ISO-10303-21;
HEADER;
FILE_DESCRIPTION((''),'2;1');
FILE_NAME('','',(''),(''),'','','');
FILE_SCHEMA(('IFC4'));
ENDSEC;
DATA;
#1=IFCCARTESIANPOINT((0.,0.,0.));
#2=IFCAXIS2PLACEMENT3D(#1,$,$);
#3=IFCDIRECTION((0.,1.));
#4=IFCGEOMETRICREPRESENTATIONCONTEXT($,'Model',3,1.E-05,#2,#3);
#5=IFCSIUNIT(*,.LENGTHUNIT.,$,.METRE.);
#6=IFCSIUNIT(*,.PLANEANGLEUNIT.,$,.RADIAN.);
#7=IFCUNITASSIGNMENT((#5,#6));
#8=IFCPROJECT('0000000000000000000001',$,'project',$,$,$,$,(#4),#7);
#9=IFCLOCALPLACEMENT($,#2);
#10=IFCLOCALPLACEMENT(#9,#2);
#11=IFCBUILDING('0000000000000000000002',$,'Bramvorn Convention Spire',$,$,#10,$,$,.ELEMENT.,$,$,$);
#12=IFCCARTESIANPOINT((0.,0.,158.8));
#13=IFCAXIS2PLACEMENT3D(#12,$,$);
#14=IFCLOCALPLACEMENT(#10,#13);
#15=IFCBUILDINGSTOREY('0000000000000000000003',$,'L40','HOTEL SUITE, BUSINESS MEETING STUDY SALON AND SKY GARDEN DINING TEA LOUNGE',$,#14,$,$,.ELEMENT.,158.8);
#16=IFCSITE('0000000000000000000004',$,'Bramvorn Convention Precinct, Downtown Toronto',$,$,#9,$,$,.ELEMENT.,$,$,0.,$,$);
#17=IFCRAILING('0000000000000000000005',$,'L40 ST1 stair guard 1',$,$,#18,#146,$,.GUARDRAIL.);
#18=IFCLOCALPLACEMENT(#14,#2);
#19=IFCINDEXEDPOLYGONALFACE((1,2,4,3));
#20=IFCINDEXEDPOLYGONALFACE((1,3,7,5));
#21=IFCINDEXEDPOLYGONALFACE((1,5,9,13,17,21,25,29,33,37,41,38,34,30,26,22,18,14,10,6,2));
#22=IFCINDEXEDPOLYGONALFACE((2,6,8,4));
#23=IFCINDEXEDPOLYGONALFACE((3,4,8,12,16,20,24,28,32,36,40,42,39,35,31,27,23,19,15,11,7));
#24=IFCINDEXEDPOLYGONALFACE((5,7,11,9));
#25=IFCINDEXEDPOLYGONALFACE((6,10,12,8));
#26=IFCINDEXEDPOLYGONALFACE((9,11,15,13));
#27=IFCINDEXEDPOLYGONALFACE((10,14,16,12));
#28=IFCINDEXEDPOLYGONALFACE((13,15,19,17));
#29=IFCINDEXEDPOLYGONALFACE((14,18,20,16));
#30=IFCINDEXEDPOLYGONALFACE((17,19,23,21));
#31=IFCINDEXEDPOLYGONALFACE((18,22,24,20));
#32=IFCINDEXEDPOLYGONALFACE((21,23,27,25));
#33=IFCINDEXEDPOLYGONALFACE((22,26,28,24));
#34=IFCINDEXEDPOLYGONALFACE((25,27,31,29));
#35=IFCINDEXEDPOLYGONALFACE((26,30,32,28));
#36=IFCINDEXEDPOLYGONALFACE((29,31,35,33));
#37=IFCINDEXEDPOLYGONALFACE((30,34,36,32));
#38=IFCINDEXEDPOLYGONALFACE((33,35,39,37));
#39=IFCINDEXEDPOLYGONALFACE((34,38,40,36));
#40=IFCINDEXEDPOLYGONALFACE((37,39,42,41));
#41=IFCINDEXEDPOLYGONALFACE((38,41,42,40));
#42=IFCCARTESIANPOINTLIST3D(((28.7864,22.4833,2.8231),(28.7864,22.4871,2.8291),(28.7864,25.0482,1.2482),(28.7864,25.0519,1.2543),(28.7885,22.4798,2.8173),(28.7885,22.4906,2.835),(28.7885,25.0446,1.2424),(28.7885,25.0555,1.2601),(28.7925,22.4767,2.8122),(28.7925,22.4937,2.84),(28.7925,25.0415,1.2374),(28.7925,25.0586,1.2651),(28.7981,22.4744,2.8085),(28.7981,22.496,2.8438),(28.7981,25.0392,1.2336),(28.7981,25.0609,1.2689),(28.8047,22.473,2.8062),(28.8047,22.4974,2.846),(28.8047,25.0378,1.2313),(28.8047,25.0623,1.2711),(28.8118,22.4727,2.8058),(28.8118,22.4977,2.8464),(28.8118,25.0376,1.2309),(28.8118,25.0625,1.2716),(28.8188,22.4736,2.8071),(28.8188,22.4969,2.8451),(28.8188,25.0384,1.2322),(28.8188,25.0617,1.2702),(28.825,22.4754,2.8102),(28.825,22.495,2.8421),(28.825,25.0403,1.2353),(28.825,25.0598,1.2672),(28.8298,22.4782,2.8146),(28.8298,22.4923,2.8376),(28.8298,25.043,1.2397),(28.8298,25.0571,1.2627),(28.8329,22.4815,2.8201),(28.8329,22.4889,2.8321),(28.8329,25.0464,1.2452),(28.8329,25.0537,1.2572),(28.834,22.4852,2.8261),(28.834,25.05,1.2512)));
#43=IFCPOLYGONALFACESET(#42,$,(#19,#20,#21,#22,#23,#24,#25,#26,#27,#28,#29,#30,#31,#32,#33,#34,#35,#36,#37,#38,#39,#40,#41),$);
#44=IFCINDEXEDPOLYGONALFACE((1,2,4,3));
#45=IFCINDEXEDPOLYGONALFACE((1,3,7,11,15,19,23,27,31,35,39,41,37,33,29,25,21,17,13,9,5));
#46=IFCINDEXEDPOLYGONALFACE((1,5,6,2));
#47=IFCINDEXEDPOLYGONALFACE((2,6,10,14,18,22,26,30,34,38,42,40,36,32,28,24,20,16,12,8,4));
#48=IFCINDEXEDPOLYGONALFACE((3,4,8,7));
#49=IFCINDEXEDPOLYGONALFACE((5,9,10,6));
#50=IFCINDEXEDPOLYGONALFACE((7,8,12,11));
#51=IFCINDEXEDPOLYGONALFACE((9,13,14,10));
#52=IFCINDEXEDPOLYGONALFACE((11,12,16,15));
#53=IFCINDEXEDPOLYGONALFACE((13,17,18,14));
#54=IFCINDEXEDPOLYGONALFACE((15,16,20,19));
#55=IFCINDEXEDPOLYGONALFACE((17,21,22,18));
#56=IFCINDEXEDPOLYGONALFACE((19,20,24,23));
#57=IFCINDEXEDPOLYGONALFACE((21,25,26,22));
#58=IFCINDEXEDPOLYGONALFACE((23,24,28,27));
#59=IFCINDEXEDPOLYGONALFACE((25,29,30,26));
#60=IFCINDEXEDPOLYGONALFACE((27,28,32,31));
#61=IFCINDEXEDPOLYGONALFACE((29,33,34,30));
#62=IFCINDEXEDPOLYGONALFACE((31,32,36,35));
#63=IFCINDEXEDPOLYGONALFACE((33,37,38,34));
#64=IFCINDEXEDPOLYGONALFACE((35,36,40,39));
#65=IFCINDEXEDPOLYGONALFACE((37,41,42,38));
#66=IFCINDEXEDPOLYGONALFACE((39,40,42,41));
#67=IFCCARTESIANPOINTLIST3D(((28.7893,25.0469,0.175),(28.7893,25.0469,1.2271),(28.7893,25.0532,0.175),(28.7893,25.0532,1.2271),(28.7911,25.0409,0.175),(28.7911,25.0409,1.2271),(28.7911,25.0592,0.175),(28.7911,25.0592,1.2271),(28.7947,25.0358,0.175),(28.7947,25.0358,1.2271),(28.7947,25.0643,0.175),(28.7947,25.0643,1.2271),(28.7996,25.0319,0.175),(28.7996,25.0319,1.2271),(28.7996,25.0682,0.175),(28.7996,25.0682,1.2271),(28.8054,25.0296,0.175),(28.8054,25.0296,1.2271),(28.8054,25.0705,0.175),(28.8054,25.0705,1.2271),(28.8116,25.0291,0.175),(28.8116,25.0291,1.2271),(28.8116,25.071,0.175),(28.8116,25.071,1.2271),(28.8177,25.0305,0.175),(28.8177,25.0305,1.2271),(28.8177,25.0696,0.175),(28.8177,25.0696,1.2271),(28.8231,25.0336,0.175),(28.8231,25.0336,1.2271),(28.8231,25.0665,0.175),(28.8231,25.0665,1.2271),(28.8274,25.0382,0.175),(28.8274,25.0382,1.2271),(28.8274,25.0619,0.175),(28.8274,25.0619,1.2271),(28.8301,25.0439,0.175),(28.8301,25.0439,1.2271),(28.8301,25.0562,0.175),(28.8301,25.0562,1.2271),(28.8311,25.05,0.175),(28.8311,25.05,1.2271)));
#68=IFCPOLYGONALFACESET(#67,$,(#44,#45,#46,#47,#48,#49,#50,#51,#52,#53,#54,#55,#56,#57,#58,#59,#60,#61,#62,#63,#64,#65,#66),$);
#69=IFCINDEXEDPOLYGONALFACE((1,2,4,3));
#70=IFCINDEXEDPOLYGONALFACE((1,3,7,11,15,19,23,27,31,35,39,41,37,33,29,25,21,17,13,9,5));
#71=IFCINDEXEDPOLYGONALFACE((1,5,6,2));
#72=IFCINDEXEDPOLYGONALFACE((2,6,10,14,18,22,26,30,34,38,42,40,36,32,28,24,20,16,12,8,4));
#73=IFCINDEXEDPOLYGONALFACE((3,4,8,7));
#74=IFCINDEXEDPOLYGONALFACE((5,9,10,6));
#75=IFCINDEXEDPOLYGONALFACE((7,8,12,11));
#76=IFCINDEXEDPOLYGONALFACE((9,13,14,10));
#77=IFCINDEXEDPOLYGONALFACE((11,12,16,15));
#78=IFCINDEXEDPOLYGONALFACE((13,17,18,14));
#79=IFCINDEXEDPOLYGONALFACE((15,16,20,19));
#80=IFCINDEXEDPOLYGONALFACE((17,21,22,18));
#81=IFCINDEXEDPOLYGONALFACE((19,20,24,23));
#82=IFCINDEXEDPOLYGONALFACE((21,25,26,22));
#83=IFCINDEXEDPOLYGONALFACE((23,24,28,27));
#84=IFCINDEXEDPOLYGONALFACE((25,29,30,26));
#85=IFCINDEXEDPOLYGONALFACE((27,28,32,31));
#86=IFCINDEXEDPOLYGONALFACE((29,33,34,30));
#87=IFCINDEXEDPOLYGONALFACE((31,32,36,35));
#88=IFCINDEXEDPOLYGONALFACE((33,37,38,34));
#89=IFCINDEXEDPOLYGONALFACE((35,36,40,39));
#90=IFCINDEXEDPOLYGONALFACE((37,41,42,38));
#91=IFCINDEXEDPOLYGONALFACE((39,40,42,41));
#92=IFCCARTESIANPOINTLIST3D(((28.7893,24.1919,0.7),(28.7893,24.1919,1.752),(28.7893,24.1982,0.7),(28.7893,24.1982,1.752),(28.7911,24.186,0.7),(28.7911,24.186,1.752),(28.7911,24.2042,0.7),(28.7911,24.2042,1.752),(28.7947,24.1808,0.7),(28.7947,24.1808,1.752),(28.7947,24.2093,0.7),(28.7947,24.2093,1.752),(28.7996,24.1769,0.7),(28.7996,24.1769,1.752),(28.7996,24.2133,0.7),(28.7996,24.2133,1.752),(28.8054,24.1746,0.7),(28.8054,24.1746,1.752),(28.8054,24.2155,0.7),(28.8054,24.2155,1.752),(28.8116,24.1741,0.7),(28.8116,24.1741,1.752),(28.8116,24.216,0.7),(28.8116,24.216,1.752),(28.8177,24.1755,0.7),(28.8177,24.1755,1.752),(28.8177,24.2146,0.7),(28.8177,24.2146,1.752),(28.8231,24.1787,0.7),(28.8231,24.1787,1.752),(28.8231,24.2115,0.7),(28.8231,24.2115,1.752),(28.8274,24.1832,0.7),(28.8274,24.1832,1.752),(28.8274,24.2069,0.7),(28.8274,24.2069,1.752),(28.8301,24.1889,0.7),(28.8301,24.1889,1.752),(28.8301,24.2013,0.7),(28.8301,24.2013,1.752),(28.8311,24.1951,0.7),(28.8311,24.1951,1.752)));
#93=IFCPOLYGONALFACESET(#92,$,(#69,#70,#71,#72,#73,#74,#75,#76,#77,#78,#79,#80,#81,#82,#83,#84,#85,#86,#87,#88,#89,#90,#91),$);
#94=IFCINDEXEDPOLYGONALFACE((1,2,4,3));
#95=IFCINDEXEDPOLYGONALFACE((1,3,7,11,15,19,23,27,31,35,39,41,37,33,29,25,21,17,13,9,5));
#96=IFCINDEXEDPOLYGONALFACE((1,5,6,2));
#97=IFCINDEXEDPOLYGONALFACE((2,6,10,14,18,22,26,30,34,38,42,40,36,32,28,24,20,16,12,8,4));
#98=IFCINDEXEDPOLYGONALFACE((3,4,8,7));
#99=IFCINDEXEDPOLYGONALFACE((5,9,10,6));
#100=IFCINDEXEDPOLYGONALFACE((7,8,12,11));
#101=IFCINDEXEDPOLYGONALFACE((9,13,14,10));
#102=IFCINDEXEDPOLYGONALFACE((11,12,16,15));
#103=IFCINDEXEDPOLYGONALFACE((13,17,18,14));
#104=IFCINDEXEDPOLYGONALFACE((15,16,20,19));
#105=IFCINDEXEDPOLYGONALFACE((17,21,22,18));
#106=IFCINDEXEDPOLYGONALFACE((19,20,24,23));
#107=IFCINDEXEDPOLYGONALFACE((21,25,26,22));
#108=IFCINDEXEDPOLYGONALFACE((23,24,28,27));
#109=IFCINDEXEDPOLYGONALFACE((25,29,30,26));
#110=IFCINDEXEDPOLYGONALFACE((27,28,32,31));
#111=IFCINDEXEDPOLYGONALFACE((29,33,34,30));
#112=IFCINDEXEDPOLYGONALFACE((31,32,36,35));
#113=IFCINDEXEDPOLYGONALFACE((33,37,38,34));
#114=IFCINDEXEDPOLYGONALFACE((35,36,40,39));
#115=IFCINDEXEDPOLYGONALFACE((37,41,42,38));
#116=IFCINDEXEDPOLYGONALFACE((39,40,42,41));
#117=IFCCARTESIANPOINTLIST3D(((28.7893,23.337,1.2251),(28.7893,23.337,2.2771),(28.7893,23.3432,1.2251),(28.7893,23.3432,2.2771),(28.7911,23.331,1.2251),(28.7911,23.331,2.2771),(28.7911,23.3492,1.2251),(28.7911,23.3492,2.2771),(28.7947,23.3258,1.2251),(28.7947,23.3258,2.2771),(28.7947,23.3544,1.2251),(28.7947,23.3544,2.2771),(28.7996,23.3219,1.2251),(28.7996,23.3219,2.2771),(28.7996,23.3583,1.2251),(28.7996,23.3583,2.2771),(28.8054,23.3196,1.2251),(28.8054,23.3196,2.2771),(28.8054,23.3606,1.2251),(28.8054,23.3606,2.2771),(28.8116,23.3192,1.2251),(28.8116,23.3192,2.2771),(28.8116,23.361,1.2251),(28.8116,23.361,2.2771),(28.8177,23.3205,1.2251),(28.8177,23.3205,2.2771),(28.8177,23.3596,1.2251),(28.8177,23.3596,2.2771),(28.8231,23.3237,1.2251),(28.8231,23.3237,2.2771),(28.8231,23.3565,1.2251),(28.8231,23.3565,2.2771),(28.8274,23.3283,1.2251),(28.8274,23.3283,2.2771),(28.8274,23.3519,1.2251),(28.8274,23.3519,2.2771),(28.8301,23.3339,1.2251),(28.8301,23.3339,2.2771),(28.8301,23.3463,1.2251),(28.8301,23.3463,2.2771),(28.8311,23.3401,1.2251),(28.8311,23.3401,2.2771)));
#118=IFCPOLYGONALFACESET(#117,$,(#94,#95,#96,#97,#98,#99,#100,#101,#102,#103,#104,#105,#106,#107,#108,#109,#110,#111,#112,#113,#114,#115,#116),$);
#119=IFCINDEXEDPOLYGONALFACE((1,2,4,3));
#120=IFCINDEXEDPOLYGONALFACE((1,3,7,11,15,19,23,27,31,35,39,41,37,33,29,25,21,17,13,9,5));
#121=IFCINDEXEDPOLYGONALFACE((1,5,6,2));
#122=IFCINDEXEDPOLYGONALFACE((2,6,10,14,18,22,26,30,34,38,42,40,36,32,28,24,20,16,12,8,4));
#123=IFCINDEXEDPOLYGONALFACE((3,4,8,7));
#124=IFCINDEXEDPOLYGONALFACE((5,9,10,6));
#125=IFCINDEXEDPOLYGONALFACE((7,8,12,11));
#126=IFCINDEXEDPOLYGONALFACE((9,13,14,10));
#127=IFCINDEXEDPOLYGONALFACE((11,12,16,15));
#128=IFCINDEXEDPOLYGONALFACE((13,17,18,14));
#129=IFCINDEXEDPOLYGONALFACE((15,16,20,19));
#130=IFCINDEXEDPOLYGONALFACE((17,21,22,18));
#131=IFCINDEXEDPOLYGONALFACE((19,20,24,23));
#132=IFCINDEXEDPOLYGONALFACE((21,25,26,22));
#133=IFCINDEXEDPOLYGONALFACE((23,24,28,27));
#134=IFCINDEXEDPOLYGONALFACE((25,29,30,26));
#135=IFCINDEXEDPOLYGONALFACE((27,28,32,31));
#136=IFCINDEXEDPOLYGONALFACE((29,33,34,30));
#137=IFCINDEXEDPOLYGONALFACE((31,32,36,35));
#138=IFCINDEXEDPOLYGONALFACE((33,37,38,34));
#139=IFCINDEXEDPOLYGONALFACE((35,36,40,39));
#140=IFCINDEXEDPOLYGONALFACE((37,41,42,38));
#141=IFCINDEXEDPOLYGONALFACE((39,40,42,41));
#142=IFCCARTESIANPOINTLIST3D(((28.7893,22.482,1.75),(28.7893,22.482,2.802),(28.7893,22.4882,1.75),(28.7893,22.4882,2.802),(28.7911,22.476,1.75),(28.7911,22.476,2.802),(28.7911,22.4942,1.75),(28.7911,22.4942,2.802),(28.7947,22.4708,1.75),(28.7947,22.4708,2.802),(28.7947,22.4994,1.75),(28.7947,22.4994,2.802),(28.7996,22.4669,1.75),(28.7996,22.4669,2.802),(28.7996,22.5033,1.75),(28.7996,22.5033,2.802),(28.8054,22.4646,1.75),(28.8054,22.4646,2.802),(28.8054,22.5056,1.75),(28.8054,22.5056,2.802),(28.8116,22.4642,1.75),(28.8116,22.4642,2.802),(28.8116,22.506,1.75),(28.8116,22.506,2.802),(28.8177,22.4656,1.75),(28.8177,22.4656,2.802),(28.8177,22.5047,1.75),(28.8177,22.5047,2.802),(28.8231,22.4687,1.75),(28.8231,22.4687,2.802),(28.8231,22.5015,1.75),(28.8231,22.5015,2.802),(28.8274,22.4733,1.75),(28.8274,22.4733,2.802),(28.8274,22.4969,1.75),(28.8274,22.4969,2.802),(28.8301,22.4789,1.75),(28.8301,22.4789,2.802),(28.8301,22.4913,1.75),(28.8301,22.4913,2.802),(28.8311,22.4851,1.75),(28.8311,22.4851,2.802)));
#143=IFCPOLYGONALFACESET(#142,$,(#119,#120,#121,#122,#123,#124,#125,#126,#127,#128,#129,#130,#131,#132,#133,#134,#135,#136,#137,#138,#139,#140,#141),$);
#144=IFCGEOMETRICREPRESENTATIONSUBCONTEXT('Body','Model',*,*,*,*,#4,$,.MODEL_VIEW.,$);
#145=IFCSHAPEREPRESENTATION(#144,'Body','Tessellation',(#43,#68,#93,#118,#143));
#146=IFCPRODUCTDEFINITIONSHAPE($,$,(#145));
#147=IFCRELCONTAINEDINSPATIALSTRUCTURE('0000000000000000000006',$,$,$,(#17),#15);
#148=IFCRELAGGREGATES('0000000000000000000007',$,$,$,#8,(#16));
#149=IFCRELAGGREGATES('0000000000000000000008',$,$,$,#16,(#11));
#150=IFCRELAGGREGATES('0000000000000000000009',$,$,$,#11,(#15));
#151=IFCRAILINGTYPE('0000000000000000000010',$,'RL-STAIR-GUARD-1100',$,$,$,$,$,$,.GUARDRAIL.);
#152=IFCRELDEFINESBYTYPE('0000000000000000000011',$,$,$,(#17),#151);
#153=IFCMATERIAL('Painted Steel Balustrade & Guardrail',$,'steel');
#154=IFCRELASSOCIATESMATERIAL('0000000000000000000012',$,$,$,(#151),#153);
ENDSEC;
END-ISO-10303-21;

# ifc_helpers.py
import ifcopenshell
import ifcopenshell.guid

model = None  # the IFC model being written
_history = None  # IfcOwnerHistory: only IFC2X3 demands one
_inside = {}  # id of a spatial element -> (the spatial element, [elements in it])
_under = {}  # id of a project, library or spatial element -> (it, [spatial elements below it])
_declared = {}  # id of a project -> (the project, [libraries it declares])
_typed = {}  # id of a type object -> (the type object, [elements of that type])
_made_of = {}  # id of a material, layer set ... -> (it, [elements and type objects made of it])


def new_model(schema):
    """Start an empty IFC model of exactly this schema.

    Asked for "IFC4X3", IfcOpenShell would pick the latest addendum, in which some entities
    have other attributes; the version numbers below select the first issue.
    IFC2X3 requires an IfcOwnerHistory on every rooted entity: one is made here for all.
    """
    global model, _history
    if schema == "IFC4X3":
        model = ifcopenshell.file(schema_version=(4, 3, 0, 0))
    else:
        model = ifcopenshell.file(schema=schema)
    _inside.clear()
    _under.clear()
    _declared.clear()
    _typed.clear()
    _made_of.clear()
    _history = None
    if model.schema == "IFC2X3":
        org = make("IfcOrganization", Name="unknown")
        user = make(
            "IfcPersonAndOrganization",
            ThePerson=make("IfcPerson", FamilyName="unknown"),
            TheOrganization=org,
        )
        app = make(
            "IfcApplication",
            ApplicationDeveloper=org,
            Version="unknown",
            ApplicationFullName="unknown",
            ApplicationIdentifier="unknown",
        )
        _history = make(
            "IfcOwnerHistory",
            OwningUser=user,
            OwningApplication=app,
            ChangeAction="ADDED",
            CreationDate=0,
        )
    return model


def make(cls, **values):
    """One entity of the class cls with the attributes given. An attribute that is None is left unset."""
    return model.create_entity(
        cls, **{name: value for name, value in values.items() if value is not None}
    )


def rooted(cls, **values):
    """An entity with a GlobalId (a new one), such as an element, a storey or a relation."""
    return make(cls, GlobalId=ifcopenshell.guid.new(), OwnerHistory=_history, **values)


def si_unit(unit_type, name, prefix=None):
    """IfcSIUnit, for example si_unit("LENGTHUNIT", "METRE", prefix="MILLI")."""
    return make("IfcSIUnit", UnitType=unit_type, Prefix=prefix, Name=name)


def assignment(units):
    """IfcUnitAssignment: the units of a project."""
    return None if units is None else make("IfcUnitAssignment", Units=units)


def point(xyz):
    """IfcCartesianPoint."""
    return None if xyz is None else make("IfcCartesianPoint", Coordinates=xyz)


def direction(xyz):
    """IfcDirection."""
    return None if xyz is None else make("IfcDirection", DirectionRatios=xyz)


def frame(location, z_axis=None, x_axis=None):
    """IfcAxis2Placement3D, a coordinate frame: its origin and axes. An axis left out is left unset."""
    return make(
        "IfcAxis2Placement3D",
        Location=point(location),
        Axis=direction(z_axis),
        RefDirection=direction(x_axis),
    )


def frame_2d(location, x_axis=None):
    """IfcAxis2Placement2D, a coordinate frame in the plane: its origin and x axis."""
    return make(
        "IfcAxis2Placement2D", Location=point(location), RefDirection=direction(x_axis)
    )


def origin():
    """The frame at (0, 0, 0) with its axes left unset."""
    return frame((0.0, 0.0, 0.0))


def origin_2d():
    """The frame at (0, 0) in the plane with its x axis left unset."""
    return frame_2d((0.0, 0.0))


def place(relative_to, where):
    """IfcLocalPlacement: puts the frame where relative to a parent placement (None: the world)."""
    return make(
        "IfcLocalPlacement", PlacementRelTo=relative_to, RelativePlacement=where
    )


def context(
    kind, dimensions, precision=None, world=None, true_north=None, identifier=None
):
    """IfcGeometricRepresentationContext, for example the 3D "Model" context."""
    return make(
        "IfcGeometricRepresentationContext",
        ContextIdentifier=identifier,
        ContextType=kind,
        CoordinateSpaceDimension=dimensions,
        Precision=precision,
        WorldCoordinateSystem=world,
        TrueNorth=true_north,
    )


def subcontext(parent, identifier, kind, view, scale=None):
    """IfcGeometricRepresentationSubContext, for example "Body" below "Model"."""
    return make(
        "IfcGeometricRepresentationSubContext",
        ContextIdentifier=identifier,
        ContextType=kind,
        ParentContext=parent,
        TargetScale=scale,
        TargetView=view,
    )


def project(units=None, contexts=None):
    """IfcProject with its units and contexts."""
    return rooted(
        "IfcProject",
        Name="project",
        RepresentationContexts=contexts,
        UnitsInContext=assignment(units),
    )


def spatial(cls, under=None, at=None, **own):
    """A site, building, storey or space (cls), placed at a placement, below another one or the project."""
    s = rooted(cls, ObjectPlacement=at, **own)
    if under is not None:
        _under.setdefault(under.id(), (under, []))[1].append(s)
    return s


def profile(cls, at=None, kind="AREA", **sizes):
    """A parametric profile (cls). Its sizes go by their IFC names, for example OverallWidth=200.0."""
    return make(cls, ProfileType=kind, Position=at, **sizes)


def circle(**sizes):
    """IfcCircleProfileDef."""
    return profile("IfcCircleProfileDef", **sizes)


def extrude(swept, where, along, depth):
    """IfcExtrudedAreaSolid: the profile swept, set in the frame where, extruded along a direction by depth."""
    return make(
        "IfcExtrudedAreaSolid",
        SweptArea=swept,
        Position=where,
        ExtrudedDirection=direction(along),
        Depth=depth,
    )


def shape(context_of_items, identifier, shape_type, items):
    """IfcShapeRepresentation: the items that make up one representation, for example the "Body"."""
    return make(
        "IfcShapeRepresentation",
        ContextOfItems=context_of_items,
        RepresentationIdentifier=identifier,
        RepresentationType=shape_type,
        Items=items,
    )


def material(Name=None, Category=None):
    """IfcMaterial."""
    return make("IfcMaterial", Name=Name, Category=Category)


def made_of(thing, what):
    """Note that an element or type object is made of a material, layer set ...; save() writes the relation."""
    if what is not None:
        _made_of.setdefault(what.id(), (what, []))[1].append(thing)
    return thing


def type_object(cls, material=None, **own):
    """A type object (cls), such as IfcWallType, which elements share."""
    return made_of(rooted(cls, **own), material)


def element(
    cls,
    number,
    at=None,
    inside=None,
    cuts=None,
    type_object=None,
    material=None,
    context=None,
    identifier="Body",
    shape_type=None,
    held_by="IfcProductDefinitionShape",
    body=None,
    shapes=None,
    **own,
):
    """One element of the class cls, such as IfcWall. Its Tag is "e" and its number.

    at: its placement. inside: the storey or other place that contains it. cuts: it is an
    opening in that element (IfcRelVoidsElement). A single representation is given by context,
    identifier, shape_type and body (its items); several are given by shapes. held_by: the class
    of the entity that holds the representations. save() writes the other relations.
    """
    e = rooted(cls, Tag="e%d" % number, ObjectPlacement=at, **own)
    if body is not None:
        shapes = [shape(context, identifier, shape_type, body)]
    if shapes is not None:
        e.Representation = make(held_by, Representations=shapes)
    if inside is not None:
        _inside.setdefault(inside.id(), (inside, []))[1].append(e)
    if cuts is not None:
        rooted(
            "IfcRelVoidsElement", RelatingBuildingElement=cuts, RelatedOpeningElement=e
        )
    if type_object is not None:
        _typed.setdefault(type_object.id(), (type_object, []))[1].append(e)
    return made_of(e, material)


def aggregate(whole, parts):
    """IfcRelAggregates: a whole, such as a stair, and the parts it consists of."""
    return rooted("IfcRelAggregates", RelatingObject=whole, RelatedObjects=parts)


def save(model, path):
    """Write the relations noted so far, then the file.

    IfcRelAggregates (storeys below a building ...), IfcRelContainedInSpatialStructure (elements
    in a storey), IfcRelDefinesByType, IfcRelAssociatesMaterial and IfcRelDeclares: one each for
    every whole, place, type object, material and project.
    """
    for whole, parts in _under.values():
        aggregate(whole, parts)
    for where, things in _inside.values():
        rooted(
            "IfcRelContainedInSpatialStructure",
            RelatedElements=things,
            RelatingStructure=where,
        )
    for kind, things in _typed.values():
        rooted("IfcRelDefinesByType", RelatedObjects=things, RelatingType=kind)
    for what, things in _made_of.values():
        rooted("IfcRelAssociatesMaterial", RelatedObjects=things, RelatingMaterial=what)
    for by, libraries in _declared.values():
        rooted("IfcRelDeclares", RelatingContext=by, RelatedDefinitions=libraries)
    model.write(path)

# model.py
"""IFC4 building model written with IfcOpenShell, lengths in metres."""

from ifc_helpers import new_model, si_unit, direction, frame, origin, origin_2d, place, context, subcontext, project, spatial, circle, extrude, material, type_object, element, save


model = new_model("IFC4")

# Units and contexts
model_context = context("Model", 3, precision=1e-05, world=origin(), true_north=direction((0.0, 1.0)))
body_context = subcontext(model_context, "Body", "Model", "MODEL_VIEW")
ifc_project = project(units=[si_unit("LENGTHUNIT", "METRE"), si_unit("PLANEANGLEUNIT", "RADIAN")], contexts=[model_context])

# Site, building, storey
site_placement = place(None, origin())
site = spatial("IfcSite", under=ifc_project, at=site_placement, Name="Bramvorn Convention Precinct, Downtown Toronto", CompositionType="ELEMENT", RefElevation=0.0)
building_placement = place(site_placement, origin())
building = spatial("IfcBuilding", under=site, at=building_placement, Name="Bramvorn Convention Spire", CompositionType="ELEMENT")
storey_placement = place(building_placement, frame((0.0, 0.0, 158.8)))
storey = spatial("IfcBuildingStorey", under=building, at=storey_placement, Name="L40", Description="HOTEL SUITE, BUSINESS MEETING STUDY SALON AND SKY GARDEN DINING TEA LOUNGE", CompositionType="ELEMENT", Elevation=158.8)

# Railing
ifc_material_1 = material(Name="Painted Steel Balustrade & Guardrail", Category="steel")
railing_type_1 = type_object("IfcRailingType", Name="RL-STAIR-GUARD-1100", PredefinedType="GUARDRAIL", material=ifc_material_1)
railing_1_placement = place(storey_placement, frame((28.8101, 25.05, 0.175)))
element("IfcRailing", 1, at=railing_1_placement, inside=storey, type_object=railing_type_1, Name="L40 ST1 stair guard 1", PredefinedType="GUARDRAIL", context=body_context, shape_type="SweptSolid", body=[
    extrude(circle(Radius=0.0239, at=origin_2d()), frame((0.0, 0.0, 1.0762), z_axis=(0.0, -0.852173, 0.52326), x_axis=(1.0, 0.0, 0.0)), (0.0, 0.0, 1.0), 3.0098),
    extrude(circle(Radius=0.021, at=origin_2d()), origin(), (0.0, 0.0, 1.0), 1.052),
    extrude(circle(Radius=0.021, at=origin_2d()), frame((0.0, -0.855, 0.5249)), (0.0, 0.0, 1.0), 1.052),
    extrude(circle(Radius=0.021, at=origin_2d()), frame((0.0, -1.71, 1.05)), (0.0, 0.0, 1.0), 1.052),
    extrude(circle(Radius=0.021, at=origin_2d()), frame((0.0, -2.5649, 1.575)), (0.0, 0.0, 1.0), 1.052),
])

save(model, "model.ifc")
